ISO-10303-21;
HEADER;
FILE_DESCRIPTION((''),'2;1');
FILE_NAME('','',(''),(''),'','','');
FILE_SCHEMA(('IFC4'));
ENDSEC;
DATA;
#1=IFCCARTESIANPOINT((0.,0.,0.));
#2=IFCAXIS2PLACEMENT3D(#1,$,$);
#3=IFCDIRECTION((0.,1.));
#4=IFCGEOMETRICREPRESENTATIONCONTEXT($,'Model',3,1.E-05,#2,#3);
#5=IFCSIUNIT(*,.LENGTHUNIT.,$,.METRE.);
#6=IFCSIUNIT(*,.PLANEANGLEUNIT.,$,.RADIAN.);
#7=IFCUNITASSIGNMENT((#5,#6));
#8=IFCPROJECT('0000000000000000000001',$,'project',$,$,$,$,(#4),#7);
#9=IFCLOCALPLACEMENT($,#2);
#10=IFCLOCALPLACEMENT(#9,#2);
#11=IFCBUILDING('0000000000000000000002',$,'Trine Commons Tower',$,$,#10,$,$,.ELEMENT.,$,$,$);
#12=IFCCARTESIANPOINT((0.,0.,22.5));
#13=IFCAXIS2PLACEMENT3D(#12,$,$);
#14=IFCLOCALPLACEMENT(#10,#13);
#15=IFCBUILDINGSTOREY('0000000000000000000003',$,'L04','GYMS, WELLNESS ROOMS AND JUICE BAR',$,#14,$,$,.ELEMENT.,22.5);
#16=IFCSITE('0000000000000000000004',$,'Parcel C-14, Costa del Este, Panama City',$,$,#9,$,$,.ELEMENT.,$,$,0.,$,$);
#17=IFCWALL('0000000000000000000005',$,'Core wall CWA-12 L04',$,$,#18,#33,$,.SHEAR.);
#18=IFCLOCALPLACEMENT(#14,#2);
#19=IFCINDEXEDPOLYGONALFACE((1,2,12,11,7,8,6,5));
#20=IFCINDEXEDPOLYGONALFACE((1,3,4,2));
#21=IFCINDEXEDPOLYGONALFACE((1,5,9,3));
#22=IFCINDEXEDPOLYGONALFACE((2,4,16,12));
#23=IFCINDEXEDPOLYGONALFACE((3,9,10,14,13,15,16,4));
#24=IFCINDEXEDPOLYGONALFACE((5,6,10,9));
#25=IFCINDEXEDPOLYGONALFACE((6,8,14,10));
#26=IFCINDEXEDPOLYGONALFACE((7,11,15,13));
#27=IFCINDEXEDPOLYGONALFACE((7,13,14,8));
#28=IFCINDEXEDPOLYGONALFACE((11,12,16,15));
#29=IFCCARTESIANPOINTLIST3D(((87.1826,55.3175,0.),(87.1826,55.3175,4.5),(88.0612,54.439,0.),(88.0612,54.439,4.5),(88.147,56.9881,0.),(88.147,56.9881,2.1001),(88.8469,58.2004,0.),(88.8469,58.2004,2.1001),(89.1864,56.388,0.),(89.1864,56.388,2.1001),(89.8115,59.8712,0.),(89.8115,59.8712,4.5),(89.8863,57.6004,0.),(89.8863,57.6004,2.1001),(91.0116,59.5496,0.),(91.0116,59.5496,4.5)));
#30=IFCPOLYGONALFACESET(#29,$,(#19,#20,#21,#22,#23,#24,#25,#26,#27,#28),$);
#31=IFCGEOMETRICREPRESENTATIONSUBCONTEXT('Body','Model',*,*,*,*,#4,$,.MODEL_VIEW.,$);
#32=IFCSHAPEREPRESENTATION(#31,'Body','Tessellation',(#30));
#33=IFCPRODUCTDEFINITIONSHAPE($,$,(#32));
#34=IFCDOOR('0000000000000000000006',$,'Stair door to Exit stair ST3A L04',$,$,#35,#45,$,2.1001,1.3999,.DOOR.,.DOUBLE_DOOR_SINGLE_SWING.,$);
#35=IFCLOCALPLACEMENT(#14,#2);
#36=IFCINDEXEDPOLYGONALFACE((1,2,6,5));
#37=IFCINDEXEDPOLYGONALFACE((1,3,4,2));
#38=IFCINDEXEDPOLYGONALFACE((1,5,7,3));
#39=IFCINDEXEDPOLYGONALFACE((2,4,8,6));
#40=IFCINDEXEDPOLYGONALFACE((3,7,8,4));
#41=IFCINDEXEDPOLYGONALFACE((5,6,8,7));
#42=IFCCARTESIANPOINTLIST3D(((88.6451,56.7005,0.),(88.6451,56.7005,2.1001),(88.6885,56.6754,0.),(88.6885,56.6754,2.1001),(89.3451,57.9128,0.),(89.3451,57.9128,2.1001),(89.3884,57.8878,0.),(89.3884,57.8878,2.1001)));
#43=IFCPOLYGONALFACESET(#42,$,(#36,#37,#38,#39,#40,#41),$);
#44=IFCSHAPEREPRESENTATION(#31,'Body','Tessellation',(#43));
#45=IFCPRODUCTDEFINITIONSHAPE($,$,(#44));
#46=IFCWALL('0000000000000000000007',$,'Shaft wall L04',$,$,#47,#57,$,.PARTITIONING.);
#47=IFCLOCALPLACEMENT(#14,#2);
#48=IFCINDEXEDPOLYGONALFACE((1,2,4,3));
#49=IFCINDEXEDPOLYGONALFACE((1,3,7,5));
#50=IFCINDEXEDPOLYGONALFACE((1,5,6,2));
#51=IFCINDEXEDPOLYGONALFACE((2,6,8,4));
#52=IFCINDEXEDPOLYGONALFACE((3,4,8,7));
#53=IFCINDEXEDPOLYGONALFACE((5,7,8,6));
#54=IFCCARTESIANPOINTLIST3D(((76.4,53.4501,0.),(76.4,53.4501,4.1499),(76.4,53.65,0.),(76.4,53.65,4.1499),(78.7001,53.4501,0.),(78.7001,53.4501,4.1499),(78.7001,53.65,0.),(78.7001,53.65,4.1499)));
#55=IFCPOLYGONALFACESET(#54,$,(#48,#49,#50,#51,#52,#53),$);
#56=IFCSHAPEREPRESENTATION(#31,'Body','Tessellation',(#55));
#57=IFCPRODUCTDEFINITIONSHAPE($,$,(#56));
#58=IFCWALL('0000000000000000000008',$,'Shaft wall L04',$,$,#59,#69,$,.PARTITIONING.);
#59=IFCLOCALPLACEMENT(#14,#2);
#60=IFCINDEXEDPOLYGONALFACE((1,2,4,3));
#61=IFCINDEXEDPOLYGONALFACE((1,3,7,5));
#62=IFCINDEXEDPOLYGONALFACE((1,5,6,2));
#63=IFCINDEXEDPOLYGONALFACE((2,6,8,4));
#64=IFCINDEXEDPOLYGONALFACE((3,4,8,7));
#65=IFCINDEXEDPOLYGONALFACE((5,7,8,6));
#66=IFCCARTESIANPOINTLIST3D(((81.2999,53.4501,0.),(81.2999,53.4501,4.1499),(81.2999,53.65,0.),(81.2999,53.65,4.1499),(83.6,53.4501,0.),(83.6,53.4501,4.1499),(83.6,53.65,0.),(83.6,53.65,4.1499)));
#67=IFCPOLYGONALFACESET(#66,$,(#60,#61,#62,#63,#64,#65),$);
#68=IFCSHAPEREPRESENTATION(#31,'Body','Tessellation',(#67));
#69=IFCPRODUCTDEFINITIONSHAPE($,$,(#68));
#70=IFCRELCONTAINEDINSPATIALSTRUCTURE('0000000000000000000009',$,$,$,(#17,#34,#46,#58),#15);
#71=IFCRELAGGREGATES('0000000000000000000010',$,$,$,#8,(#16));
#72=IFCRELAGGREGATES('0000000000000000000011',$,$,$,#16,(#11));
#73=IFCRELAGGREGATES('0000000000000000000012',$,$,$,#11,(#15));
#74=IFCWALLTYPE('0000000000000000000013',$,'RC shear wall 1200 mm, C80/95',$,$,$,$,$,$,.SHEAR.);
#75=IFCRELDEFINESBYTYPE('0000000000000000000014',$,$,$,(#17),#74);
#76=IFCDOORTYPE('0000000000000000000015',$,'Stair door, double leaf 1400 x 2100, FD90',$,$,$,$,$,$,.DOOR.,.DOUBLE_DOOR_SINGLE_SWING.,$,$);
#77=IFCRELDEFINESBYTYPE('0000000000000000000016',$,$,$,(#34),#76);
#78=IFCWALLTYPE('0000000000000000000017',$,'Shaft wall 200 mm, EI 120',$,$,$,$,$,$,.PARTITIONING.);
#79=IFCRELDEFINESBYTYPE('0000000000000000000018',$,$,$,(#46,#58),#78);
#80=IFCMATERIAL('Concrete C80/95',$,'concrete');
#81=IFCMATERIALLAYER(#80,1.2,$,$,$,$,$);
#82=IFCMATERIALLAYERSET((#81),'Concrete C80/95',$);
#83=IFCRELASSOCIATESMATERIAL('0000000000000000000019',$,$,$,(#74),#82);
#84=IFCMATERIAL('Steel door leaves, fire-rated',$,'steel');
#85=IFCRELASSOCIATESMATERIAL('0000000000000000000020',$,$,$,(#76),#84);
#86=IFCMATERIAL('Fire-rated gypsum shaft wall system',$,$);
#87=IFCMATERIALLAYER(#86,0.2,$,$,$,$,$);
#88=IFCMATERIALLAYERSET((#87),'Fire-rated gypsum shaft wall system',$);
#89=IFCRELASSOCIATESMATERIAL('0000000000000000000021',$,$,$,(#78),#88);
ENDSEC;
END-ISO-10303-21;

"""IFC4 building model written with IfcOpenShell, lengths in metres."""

from ifc_helpers import new_model, si_unit, direction, frame, frame_2d, origin, place, context, subcontext, project, spatial, polyline, rectangle, outline, extrude, material, layer, layer_set, type_object, element, fill, save


model = new_model("IFC4")

# Units and contexts
model_context = context("Model", 3, precision=1e-05, world=origin(), true_north=direction((0.0, 1.0)))
body_context = subcontext(model_context, "Body", "Model", "MODEL_VIEW")
ifc_project = project(units=[si_unit("LENGTHUNIT", "METRE"), si_unit("PLANEANGLEUNIT", "RADIAN")], contexts=[model_context])

# Site, building, storey
site_placement = place(None, origin())
site = spatial("IfcSite", under=ifc_project, at=site_placement, Name="Parcel C-14, Costa del Este, Panama City", CompositionType="ELEMENT", RefElevation=0.0)
building_placement = place(site_placement, origin())
building = spatial("IfcBuilding", under=site, at=building_placement, Name="Trine Commons Tower", CompositionType="ELEMENT")
storey_placement = place(building_placement, frame((0.0, 0.0, 22.5)))
storey = spatial("IfcBuildingStorey", under=building, at=storey_placement, Name="L04", Description="GYMS, WELLNESS ROOMS AND JUICE BAR", CompositionType="ELEMENT", Elevation=22.5)

# Shared definitions
ifc_material_1 = material(Name="Concrete C80/95", Category="concrete")

# Wall, opening, door
ifc_layer_1 = layer(ifc_material_1, 1.2)
ifc_layer_set_1 = layer_set([ifc_layer_1], Name="Concrete C80/95")
wall_type_1 = type_object("IfcWallType", Name="RC shear wall 1200 mm, C80/95", PredefinedType="SHEAR", material=ifc_layer_set_1)
wall_1_placement = place(storey_placement, frame((87.5415, 54.739, 0.0), z_axis=(0.0, 0.0, 1.0), x_axis=(0.499979, 0.866037, 0.0)))
wall_1 = element("IfcWall", 1, at=wall_1_placement, inside=storey, type_object=wall_type_1, Name="Core wall CWA-12 L04", PredefinedType="SHEAR", context=body_context, shape_type="SweptSolid", body=[
    extrude(outline(polyline([(0.0, -0.6001), (5.9011, -0.6001), (5.5796, 0.6001), (0.3215, 0.6001), (0.0, -0.6001)])), origin(), (0.0, 0.0, 1.0), 4.5),
])
opening_1_placement = place(wall_1_placement, frame((2.2505, 0.0, 0.0)))
opening_1 = element("IfcOpeningElement", 2, at=opening_1_placement, cuts=wall_1, PredefinedType="OPENING", context=body_context, shape_type="SweptSolid", body=[
    extrude(rectangle(XDim=1.3999, YDim=2.1001, at=frame_2d((0.7, 1.05))), frame((0.0, 0.6099, 0.0), z_axis=(0.0, -1.0, 0.0), x_axis=(1.0, 0.0, 0.0)), (0.0, 0.0, 1.0), 1.22),
])
ifc_material_2 = material(Name="Steel door leaves, fire-rated", Category="steel")
door_type_1 = type_object("IfcDoorType", Name="Stair door, double leaf 1400 x 2100, FD90", OperationType="DOUBLE_DOOR_SINGLE_SWING", PredefinedType="DOOR", material=ifc_material_2)
door_1_placement = place(opening_1_placement, origin())
door_1 = element("IfcDoor", 3, at=door_1_placement, inside=storey, type_object=door_type_1, Name="Stair door to Exit stair ST3A L04", OperationType="DOUBLE_DOOR_SINGLE_SWING", OverallHeight=2.1001, OverallWidth=1.3999, PredefinedType="DOOR", context=body_context, shape_type="SweptSolid", body=[
    extrude(rectangle(XDim=1.3999, YDim=2.1001, at=frame_2d((0.7, 1.05))), frame((0.0, 0.0249, 0.0), z_axis=(0.0, -1.0, 0.0), x_axis=(1.0, 0.0, 0.0)), (0.0, 0.0, 1.0), 0.05),
])
fill(opening_1, door_1)

# Walls
ifc_material_3 = material(Name="Fire-rated gypsum shaft wall system")
ifc_layer_2 = layer(ifc_material_3, 0.2)
ifc_layer_set_2 = layer_set([ifc_layer_2], Name="Fire-rated gypsum shaft wall system")
wall_type_2 = type_object("IfcWallType", Name="Shaft wall 200 mm, EI 120", PredefinedType="PARTITIONING", material=ifc_layer_set_2)
for number, where, z_axis, x_axis, name in (
    (4, (78.7, 53.55, 0.0), (0.0, 0.0, 1.0), (-1.0, 0.0, 0.0), "Shaft wall L04"),
    (5, (81.3, 53.55, 0.0), (0.0, 0.0, 1.0), (1.0, 0.0, 0.0), "Shaft wall L04"),
):
    element("IfcWall", number, at=place(storey_placement, frame(where, z_axis=z_axis, x_axis=x_axis)), inside=storey, type_object=wall_type_2, Name=name, PredefinedType="PARTITIONING", context=body_context, shape_type="SweptSolid", body=[
        extrude(rectangle(XDim=2.3, YDim=0.2, at=frame_2d((1.1499, 0.0))), origin(), (0.0, 0.0, 1.0), 4.1499),
    ])

save(model, "model.ifc")
